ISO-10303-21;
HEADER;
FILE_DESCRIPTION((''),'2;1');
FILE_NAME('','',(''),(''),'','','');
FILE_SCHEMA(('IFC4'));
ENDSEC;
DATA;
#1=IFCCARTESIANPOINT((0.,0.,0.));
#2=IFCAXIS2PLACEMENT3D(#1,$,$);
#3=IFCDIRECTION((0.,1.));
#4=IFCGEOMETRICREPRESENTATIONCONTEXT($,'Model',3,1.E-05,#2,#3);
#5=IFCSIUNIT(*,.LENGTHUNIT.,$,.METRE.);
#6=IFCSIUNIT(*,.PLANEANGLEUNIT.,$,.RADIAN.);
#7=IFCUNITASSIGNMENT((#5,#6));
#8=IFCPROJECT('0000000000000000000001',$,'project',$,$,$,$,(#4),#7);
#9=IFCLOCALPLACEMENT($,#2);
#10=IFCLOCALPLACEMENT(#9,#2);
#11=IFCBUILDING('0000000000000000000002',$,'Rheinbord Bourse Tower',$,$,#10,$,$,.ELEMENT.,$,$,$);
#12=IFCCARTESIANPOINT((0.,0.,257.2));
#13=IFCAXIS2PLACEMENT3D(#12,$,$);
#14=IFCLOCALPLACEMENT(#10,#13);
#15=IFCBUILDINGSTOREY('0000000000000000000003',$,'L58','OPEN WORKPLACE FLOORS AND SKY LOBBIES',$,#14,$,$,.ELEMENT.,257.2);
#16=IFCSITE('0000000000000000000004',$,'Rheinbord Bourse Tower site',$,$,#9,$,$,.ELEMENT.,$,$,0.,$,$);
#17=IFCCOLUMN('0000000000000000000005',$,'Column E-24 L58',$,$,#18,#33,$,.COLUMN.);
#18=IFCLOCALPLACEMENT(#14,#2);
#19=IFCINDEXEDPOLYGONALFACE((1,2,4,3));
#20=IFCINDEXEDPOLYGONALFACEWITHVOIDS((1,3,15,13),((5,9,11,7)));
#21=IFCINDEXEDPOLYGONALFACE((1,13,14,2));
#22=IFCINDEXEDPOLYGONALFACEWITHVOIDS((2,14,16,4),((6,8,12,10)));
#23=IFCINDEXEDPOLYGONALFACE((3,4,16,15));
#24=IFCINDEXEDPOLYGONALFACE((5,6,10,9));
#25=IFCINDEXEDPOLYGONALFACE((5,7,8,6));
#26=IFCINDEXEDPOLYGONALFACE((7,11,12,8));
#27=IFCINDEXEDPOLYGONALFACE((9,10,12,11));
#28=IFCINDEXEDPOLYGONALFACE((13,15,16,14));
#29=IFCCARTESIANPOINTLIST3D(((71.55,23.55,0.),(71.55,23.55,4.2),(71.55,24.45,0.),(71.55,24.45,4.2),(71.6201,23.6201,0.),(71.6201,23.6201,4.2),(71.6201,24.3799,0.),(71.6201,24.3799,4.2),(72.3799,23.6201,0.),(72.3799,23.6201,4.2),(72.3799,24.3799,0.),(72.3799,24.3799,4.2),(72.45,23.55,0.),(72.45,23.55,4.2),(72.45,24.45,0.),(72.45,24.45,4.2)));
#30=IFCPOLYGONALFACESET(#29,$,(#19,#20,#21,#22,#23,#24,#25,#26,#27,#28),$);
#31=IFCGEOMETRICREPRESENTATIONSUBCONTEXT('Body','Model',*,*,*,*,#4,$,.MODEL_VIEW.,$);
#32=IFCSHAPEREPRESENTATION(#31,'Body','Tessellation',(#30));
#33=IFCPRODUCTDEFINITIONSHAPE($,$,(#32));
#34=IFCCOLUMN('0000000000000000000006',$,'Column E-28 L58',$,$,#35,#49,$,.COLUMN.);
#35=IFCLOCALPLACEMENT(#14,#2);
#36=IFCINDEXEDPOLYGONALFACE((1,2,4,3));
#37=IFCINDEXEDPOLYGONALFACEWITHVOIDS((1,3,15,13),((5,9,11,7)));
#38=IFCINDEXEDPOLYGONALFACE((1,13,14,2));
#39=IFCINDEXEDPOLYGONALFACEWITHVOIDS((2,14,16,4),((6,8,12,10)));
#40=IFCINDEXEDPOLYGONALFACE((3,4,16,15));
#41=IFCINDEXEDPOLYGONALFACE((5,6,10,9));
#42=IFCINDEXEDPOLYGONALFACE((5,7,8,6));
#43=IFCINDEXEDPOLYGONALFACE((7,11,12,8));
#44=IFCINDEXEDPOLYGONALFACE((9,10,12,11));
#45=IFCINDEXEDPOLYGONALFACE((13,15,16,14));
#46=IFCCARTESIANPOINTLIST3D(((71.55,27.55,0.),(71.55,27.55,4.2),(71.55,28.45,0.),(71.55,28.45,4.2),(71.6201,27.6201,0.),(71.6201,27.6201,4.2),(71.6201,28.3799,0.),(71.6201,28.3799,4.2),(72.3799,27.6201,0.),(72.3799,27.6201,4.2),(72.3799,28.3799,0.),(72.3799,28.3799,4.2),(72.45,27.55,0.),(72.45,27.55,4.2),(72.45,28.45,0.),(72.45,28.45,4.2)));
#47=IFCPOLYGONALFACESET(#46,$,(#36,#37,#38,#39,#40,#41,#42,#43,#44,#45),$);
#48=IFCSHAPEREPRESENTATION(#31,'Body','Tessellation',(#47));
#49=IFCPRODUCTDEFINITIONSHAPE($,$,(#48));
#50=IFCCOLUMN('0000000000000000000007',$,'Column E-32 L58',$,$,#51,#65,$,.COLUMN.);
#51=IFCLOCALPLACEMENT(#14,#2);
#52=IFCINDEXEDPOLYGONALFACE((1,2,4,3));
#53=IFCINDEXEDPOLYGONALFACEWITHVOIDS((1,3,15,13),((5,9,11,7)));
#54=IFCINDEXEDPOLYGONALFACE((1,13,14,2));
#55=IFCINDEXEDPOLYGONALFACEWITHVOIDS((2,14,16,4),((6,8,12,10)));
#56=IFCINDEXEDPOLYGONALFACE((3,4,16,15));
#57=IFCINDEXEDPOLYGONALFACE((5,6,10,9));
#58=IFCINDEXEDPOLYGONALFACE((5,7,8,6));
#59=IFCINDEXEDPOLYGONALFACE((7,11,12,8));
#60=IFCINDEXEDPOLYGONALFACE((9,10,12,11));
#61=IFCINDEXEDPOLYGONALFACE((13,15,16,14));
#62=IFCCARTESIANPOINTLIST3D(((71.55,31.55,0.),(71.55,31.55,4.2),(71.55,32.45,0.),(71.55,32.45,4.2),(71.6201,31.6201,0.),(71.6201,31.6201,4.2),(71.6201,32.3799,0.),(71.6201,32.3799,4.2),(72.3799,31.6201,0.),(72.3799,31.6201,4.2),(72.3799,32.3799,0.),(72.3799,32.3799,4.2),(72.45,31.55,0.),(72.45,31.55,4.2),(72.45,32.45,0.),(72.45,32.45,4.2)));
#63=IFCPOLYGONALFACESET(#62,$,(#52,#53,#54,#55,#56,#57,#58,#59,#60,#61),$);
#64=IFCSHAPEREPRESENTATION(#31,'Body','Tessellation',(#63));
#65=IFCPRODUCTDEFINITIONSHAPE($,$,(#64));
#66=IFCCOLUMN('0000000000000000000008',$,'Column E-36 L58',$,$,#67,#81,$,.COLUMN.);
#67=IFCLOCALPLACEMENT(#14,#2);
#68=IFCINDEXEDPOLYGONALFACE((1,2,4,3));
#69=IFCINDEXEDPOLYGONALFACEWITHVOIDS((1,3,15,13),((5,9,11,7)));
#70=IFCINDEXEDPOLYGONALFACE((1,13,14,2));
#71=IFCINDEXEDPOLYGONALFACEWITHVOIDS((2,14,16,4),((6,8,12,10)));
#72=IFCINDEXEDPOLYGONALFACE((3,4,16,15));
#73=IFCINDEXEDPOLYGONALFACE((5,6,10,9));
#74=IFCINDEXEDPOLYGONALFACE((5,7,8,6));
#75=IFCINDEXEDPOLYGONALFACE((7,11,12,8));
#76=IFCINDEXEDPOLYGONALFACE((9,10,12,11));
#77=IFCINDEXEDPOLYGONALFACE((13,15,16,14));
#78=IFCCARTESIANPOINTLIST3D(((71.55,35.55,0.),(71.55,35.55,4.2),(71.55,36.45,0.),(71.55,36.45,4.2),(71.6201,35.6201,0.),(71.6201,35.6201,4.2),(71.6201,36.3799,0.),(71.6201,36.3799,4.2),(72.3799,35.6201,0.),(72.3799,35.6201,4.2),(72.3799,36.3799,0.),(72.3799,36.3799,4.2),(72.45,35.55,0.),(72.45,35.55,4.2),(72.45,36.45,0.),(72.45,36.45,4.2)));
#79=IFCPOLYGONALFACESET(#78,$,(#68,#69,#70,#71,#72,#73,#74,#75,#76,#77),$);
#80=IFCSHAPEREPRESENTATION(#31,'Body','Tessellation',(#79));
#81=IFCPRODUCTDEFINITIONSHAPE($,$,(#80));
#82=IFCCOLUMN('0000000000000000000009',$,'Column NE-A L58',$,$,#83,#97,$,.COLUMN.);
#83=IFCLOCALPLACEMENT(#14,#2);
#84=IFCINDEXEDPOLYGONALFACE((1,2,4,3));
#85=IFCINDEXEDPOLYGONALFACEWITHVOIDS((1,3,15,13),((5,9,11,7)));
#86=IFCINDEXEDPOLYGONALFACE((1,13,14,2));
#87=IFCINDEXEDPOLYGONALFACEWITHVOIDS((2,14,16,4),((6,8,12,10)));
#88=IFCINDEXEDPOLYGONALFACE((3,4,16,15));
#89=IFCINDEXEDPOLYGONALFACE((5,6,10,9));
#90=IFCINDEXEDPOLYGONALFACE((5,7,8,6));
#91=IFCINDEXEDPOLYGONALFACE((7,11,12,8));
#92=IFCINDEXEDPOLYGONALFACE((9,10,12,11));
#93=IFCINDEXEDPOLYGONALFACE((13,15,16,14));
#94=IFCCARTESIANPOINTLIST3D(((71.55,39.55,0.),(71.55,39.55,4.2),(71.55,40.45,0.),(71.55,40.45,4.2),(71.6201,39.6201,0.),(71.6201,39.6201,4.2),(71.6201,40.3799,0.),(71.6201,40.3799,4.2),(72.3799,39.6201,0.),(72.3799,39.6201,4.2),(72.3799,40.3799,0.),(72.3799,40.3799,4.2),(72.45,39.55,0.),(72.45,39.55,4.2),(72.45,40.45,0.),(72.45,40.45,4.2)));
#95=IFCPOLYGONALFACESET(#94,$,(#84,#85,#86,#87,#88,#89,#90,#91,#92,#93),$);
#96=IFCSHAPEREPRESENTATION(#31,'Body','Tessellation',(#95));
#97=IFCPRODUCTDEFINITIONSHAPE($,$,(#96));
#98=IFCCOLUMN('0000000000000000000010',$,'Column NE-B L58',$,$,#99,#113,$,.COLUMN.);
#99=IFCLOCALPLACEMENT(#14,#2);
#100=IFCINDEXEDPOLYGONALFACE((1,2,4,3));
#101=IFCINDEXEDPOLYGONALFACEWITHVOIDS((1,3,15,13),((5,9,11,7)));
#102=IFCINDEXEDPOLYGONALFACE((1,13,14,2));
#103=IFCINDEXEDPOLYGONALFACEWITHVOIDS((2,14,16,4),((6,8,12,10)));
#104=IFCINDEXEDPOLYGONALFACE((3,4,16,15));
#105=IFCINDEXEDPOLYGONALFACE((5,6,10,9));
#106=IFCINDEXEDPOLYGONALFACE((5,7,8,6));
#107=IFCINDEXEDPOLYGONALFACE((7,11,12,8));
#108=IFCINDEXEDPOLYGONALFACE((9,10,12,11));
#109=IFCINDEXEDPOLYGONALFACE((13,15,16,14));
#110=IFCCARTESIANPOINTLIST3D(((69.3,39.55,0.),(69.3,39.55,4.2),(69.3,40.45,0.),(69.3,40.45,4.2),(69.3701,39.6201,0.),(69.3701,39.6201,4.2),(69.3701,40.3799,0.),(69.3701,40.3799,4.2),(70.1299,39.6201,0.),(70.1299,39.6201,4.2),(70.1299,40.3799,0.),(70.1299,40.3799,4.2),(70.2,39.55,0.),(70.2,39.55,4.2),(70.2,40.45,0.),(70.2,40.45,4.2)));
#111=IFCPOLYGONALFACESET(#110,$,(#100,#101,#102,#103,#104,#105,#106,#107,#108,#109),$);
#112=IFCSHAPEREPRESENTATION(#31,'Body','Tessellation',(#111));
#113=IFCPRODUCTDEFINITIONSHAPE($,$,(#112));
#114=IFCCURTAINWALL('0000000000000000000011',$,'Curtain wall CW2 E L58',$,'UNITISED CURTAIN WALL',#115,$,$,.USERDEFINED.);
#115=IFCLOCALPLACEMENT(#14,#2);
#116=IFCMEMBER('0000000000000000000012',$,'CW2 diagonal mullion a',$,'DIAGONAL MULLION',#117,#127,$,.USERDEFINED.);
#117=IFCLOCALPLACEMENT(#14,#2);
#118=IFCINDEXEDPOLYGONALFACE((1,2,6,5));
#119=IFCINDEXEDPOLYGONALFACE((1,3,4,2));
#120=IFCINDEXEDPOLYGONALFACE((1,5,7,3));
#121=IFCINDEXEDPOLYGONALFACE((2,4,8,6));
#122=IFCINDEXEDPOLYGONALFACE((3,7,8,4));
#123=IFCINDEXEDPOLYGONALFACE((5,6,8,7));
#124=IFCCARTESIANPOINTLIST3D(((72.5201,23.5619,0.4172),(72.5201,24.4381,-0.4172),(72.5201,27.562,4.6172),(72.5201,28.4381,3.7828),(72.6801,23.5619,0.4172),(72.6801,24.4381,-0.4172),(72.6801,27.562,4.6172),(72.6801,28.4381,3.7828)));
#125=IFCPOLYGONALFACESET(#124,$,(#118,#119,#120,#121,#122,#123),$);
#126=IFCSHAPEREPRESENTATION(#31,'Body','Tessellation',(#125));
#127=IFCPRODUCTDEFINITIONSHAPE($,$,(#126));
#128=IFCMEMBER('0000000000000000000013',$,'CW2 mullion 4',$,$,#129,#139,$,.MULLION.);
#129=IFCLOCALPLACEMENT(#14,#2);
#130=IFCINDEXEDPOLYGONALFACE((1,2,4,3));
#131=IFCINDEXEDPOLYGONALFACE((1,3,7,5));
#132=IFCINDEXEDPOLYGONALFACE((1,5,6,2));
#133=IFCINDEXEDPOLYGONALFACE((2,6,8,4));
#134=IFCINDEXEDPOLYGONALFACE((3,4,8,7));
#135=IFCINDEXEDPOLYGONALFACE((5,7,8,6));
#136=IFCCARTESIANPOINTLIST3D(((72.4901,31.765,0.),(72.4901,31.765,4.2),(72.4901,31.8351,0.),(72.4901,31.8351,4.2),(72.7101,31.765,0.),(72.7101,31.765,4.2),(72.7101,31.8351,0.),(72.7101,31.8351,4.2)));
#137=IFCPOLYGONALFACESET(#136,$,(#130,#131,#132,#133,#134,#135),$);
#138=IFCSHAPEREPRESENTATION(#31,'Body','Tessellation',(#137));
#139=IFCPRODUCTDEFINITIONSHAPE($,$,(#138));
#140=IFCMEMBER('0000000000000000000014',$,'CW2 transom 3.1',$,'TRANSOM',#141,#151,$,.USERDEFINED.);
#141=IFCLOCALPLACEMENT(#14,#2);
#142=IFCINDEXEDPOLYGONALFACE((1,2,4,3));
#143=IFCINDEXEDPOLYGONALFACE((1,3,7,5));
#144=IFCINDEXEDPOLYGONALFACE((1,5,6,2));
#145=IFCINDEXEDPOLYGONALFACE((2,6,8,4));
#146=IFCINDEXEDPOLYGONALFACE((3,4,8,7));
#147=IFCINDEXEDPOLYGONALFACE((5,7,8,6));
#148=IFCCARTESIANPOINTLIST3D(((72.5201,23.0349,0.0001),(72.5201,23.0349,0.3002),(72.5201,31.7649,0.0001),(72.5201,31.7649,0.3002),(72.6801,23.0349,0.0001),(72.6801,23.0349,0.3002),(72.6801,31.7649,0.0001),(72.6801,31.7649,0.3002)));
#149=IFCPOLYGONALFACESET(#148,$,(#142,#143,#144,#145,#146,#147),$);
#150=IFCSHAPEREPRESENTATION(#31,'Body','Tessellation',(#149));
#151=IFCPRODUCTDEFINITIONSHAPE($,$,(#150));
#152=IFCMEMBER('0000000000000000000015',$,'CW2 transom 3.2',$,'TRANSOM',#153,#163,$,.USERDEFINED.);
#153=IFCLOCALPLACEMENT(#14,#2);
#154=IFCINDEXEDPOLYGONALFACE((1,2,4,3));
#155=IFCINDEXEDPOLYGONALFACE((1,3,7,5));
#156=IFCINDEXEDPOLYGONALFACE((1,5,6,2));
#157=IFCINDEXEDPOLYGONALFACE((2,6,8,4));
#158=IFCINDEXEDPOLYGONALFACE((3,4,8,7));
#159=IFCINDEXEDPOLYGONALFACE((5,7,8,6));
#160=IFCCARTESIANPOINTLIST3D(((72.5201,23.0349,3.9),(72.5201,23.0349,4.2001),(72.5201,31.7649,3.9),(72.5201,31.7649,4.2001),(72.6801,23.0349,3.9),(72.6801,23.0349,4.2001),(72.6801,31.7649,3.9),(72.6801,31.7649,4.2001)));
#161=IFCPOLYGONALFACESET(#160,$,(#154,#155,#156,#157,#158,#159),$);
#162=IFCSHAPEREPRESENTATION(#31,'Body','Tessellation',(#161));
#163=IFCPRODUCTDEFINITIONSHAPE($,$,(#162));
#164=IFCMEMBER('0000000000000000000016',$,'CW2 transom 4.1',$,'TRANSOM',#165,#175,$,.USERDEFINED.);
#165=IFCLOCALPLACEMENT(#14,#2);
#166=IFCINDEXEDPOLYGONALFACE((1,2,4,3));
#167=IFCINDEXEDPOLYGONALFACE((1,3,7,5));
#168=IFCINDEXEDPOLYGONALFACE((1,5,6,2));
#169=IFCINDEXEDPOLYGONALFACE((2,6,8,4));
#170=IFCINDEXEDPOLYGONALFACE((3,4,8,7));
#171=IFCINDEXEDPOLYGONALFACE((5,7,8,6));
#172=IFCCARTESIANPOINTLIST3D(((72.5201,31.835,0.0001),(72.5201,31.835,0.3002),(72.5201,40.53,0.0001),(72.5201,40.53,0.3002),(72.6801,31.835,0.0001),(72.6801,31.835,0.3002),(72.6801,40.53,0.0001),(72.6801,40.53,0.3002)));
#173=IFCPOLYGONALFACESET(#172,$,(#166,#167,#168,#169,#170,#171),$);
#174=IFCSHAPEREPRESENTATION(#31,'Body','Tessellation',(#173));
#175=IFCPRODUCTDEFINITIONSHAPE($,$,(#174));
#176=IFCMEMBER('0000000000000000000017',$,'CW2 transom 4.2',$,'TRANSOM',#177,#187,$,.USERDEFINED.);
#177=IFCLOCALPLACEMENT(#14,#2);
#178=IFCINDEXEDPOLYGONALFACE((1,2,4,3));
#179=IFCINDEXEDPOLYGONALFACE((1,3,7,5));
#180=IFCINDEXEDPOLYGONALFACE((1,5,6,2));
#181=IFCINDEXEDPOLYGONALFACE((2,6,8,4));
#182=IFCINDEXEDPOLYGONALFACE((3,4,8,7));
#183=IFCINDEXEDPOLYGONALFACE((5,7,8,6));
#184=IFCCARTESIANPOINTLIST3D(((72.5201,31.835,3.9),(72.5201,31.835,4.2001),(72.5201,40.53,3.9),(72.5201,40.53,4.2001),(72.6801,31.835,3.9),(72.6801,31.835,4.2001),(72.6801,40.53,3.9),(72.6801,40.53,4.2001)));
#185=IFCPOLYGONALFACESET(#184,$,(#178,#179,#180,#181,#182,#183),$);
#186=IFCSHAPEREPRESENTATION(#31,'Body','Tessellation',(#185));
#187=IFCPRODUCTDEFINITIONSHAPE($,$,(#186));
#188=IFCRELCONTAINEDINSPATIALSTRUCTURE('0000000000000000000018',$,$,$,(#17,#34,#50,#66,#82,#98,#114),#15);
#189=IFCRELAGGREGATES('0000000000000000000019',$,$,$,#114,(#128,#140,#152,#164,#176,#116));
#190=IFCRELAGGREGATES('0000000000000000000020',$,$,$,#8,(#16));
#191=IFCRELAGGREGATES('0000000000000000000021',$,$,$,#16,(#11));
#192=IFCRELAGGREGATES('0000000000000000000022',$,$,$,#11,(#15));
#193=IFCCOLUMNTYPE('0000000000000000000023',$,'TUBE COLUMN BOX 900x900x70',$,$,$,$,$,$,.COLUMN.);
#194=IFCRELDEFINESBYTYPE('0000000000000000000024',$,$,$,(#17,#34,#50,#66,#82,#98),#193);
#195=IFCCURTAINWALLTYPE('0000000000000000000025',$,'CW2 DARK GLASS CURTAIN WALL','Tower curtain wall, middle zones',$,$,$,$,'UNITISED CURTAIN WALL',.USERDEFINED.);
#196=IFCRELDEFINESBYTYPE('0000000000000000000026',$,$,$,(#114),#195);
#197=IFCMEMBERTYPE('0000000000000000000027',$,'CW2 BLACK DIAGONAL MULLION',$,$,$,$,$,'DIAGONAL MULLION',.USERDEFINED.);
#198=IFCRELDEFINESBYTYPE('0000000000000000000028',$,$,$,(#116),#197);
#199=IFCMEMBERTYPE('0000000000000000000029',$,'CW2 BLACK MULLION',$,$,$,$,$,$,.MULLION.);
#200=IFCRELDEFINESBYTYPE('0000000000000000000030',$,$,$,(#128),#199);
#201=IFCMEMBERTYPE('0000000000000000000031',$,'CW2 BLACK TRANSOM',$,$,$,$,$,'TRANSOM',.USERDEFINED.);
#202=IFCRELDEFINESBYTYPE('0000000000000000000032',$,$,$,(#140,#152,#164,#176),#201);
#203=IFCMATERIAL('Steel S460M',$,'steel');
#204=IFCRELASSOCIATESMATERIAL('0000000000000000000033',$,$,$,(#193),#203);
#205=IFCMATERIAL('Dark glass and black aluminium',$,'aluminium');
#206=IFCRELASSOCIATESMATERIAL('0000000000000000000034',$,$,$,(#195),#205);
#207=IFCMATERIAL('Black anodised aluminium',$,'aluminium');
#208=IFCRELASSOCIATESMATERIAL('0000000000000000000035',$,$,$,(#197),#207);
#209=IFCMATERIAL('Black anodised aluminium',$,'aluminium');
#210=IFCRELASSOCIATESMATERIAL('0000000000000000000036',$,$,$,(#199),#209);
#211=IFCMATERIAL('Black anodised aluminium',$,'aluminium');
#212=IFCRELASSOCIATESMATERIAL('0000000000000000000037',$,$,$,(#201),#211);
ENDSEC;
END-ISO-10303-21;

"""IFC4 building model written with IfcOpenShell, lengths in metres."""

from ifc_helpers import new_model, si_unit, direction, frame, origin, origin_2d, place, context, subcontext, project, spatial, rectangle, hollow_rectangle, extrude, material, material_profile, profile_set, type_object, element, aggregate, save


model = new_model("IFC4")

# Units and contexts
model_context = context("Model", 3, precision=1e-05, world=origin(), true_north=direction((0.0, 1.0)))
body_context = subcontext(model_context, "Body", "Model", "MODEL_VIEW")
ifc_project = project(units=[si_unit("LENGTHUNIT", "METRE"), si_unit("PLANEANGLEUNIT", "RADIAN")], contexts=[model_context])

# Site, building, storey
site_placement = place(None, origin())
site = spatial("IfcSite", under=ifc_project, at=site_placement, Name="Rheinbord Bourse Tower site", CompositionType="ELEMENT", RefElevation=0.0)
building_placement = place(site_placement, origin())
building = spatial("IfcBuilding", under=site, at=building_placement, Name="Rheinbord Bourse Tower", CompositionType="ELEMENT")
storey_placement = place(building_placement, frame((0.0, 0.0, 257.2)))
storey = spatial("IfcBuildingStorey", under=building, at=storey_placement, Name="L58", Description="OPEN WORKPLACE FLOORS AND SKY LOBBIES", CompositionType="ELEMENT", Elevation=257.2)

# Columns
ifc_material_1 = material(Name="Steel S460M", Category="steel")
ifc_material_profile_1 = material_profile(ifc_material_1, hollow_rectangle(XDim=0.8999, YDim=0.8999, WallThickness=0.0701, at=origin_2d()), Name="BOX 900x900x70")
ifc_profile_set_1 = profile_set([ifc_material_profile_1], Name="Steel S460M")
column_type = type_object("IfcColumnType", Name="TUBE COLUMN BOX 900x900x70", PredefinedType="COLUMN", material=ifc_profile_set_1)
for number, where, z_axis, x_axis, name in (
    (1, (72.0, 24.0, 0.0), (0.0, 0.0, 1.0), (1.0, 0.0, 0.0), "Column E-24 L58"),
    (2, (72.0, 28.0, 0.0), (0.0, 0.0, 1.0), (1.0, 0.0, 0.0), "Column E-28 L58"),
    (3, (72.0, 32.0, 0.0), (0.0, 0.0, 1.0), (1.0, 0.0, 0.0), "Column E-32 L58"),
    (4, (72.0, 36.0, 0.0), (0.0, 0.0, 1.0), (1.0, 0.0, 0.0), "Column E-36 L58"),
    (5, (72.0, 40.0, 0.0), (0.0, 0.0, 1.0), (1.0, 0.0, 0.0), "Column NE-A L58"),
    (6, (69.75, 40.0, 0.0), (0.0, 0.0, 1.0), (1.0, 0.0, 0.0), "Column NE-B L58"),
):
    element("IfcColumn", number, at=place(storey_placement, frame(where, z_axis=z_axis, x_axis=x_axis)), inside=storey, type_object=column_type, Name=name, PredefinedType="COLUMN", context=body_context, shape_type="SweptSolid", body=[
        extrude(hollow_rectangle(XDim=0.8999, YDim=0.8999, WallThickness=0.0701, at=origin_2d()), origin(), (0.0, 0.0, 1.0), 4.2),
    ])

# Curtain wall, members
ifc_material_2 = material(Name="Dark glass and black aluminium", Category="aluminium")
curtain_wall_type = type_object("IfcCurtainWallType", Name="CW2 DARK GLASS CURTAIN WALL", Description="Tower curtain wall, middle zones", ElementType="UNITISED CURTAIN WALL", PredefinedType="USERDEFINED", material=ifc_material_2)
curtain_wall_placement = place(storey_placement, origin())
curtain_wall = element("IfcCurtainWall", 7, at=curtain_wall_placement, inside=storey, type_object=curtain_wall_type, Name="Curtain wall CW2 E L58", ObjectType="UNITISED CURTAIN WALL", PredefinedType="USERDEFINED")
ifc_material_3 = material(Name="Black anodised aluminium", Category="aluminium")
ifc_material_profile_2 = material_profile(ifc_material_3, rectangle(XDim=0.1599, YDim=1.21, at=origin_2d()), Name="CW2 DIAGONAL MULLION 1210x160")
ifc_profile_set_2 = profile_set([ifc_material_profile_2], Name="Black anodised aluminium")
member_type_1 = type_object("IfcMemberType", Name="CW2 BLACK DIAGONAL MULLION", ElementType="DIAGONAL MULLION", PredefinedType="USERDEFINED", material=ifc_profile_set_2)
member_1_placement = place(storey_placement, frame((72.6001, 24.0, 0.0), z_axis=(0.0, 0.689659, 0.724134), x_axis=(-1.0, 0.0, 0.0)))
member_1 = element("IfcMember", 8, at=member_1_placement, type_object=member_type_1, Name="CW2 diagonal mullion a", ObjectType="DIAGONAL MULLION", PredefinedType="USERDEFINED", context=body_context, shape_type="SweptSolid", body=[
    extrude(rectangle(XDim=0.1599, YDim=1.21, at=origin_2d()), origin(), (0.0, 0.0, 1.0), 5.8),
])
ifc_material_4 = material(Name="Black anodised aluminium", Category="aluminium")
ifc_material_profile_3 = material_profile(ifc_material_4, rectangle(XDim=0.22, YDim=0.0701, at=origin_2d()), Name="CW2 MULLION 70x220")
ifc_profile_set_3 = profile_set([ifc_material_profile_3], Name="Black anodised aluminium")
member_type_2 = type_object("IfcMemberType", Name="CW2 BLACK MULLION", PredefinedType="MULLION", material=ifc_profile_set_3)
member_2_placement = place(storey_placement, frame((72.6001, 31.8, 0.0), z_axis=(0.0, 0.0, 1.0), x_axis=(-1.0, 0.0, 0.0)))
member_2 = element("IfcMember", 9, at=member_2_placement, type_object=member_type_2, Name="CW2 mullion 4", PredefinedType="MULLION", context=body_context, shape_type="SweptSolid", body=[
    extrude(rectangle(XDim=0.22, YDim=0.0701, at=origin_2d()), origin(), (0.0, 0.0, 1.0), 4.2),
])
ifc_material_5 = material(Name="Black anodised aluminium", Category="aluminium")
ifc_material_profile_4 = material_profile(ifc_material_5, rectangle(XDim=0.1599, YDim=0.3, at=origin_2d()), Name="CW2 TRANSOM 300x160")
ifc_profile_set_4 = profile_set([ifc_material_profile_4], Name="Black anodised aluminium")
member_type_3 = type_object("IfcMemberType", Name="CW2 BLACK TRANSOM", ElementType="TRANSOM", PredefinedType="USERDEFINED", material=ifc_profile_set_4)
member_3_placement = place(storey_placement, frame((72.6001, 23.0349, 0.1501), z_axis=(0.0, 1.0, 0.0), x_axis=(-1.0, 0.0, 0.0)))
member_3 = element("IfcMember", 10, at=member_3_placement, type_object=member_type_3, Name="CW2 transom 3.1", ObjectType="TRANSOM", PredefinedType="USERDEFINED", context=body_context, shape_type="SweptSolid", body=[
    extrude(rectangle(XDim=0.1599, YDim=0.3, at=origin_2d()), origin(), (0.0, 0.0, 1.0), 8.73),
])
member_4_placement = place(storey_placement, frame((72.6001, 23.0349, 4.05), z_axis=(0.0, 1.0, 0.0), x_axis=(-1.0, 0.0, 0.0)))
member_4 = element("IfcMember", 11, at=member_4_placement, type_object=member_type_3, Name="CW2 transom 3.2", ObjectType="TRANSOM", PredefinedType="USERDEFINED", context=body_context, shape_type="SweptSolid", body=[
    extrude(rectangle(XDim=0.1599, YDim=0.3, at=origin_2d()), origin(), (0.0, 0.0, 1.0), 8.73),
])
member_5_placement = place(storey_placement, frame((72.6001, 31.835, 0.1501), z_axis=(0.0, 1.0, 0.0), x_axis=(-1.0, 0.0, 0.0)))
member_5 = element("IfcMember", 12, at=member_5_placement, type_object=member_type_3, Name="CW2 transom 4.1", ObjectType="TRANSOM", PredefinedType="USERDEFINED", context=body_context, shape_type="SweptSolid", body=[
    extrude(rectangle(XDim=0.1599, YDim=0.3, at=origin_2d()), origin(), (0.0, 0.0, 1.0), 8.6951),
])
member_6_placement = place(storey_placement, frame((72.6001, 31.835, 4.05), z_axis=(0.0, 1.0, 0.0), x_axis=(-1.0, 0.0, 0.0)))
member_6 = element("IfcMember", 13, at=member_6_placement, type_object=member_type_3, Name="CW2 transom 4.2", ObjectType="TRANSOM", PredefinedType="USERDEFINED", context=body_context, shape_type="SweptSolid", body=[
    extrude(rectangle(XDim=0.1599, YDim=0.3, at=origin_2d()), origin(), (0.0, 0.0, 1.0), 8.6951),
])

aggregate(curtain_wall, [member_2, member_3, member_4, member_5, member_6, member_1])

save(model, "model.ifc")
